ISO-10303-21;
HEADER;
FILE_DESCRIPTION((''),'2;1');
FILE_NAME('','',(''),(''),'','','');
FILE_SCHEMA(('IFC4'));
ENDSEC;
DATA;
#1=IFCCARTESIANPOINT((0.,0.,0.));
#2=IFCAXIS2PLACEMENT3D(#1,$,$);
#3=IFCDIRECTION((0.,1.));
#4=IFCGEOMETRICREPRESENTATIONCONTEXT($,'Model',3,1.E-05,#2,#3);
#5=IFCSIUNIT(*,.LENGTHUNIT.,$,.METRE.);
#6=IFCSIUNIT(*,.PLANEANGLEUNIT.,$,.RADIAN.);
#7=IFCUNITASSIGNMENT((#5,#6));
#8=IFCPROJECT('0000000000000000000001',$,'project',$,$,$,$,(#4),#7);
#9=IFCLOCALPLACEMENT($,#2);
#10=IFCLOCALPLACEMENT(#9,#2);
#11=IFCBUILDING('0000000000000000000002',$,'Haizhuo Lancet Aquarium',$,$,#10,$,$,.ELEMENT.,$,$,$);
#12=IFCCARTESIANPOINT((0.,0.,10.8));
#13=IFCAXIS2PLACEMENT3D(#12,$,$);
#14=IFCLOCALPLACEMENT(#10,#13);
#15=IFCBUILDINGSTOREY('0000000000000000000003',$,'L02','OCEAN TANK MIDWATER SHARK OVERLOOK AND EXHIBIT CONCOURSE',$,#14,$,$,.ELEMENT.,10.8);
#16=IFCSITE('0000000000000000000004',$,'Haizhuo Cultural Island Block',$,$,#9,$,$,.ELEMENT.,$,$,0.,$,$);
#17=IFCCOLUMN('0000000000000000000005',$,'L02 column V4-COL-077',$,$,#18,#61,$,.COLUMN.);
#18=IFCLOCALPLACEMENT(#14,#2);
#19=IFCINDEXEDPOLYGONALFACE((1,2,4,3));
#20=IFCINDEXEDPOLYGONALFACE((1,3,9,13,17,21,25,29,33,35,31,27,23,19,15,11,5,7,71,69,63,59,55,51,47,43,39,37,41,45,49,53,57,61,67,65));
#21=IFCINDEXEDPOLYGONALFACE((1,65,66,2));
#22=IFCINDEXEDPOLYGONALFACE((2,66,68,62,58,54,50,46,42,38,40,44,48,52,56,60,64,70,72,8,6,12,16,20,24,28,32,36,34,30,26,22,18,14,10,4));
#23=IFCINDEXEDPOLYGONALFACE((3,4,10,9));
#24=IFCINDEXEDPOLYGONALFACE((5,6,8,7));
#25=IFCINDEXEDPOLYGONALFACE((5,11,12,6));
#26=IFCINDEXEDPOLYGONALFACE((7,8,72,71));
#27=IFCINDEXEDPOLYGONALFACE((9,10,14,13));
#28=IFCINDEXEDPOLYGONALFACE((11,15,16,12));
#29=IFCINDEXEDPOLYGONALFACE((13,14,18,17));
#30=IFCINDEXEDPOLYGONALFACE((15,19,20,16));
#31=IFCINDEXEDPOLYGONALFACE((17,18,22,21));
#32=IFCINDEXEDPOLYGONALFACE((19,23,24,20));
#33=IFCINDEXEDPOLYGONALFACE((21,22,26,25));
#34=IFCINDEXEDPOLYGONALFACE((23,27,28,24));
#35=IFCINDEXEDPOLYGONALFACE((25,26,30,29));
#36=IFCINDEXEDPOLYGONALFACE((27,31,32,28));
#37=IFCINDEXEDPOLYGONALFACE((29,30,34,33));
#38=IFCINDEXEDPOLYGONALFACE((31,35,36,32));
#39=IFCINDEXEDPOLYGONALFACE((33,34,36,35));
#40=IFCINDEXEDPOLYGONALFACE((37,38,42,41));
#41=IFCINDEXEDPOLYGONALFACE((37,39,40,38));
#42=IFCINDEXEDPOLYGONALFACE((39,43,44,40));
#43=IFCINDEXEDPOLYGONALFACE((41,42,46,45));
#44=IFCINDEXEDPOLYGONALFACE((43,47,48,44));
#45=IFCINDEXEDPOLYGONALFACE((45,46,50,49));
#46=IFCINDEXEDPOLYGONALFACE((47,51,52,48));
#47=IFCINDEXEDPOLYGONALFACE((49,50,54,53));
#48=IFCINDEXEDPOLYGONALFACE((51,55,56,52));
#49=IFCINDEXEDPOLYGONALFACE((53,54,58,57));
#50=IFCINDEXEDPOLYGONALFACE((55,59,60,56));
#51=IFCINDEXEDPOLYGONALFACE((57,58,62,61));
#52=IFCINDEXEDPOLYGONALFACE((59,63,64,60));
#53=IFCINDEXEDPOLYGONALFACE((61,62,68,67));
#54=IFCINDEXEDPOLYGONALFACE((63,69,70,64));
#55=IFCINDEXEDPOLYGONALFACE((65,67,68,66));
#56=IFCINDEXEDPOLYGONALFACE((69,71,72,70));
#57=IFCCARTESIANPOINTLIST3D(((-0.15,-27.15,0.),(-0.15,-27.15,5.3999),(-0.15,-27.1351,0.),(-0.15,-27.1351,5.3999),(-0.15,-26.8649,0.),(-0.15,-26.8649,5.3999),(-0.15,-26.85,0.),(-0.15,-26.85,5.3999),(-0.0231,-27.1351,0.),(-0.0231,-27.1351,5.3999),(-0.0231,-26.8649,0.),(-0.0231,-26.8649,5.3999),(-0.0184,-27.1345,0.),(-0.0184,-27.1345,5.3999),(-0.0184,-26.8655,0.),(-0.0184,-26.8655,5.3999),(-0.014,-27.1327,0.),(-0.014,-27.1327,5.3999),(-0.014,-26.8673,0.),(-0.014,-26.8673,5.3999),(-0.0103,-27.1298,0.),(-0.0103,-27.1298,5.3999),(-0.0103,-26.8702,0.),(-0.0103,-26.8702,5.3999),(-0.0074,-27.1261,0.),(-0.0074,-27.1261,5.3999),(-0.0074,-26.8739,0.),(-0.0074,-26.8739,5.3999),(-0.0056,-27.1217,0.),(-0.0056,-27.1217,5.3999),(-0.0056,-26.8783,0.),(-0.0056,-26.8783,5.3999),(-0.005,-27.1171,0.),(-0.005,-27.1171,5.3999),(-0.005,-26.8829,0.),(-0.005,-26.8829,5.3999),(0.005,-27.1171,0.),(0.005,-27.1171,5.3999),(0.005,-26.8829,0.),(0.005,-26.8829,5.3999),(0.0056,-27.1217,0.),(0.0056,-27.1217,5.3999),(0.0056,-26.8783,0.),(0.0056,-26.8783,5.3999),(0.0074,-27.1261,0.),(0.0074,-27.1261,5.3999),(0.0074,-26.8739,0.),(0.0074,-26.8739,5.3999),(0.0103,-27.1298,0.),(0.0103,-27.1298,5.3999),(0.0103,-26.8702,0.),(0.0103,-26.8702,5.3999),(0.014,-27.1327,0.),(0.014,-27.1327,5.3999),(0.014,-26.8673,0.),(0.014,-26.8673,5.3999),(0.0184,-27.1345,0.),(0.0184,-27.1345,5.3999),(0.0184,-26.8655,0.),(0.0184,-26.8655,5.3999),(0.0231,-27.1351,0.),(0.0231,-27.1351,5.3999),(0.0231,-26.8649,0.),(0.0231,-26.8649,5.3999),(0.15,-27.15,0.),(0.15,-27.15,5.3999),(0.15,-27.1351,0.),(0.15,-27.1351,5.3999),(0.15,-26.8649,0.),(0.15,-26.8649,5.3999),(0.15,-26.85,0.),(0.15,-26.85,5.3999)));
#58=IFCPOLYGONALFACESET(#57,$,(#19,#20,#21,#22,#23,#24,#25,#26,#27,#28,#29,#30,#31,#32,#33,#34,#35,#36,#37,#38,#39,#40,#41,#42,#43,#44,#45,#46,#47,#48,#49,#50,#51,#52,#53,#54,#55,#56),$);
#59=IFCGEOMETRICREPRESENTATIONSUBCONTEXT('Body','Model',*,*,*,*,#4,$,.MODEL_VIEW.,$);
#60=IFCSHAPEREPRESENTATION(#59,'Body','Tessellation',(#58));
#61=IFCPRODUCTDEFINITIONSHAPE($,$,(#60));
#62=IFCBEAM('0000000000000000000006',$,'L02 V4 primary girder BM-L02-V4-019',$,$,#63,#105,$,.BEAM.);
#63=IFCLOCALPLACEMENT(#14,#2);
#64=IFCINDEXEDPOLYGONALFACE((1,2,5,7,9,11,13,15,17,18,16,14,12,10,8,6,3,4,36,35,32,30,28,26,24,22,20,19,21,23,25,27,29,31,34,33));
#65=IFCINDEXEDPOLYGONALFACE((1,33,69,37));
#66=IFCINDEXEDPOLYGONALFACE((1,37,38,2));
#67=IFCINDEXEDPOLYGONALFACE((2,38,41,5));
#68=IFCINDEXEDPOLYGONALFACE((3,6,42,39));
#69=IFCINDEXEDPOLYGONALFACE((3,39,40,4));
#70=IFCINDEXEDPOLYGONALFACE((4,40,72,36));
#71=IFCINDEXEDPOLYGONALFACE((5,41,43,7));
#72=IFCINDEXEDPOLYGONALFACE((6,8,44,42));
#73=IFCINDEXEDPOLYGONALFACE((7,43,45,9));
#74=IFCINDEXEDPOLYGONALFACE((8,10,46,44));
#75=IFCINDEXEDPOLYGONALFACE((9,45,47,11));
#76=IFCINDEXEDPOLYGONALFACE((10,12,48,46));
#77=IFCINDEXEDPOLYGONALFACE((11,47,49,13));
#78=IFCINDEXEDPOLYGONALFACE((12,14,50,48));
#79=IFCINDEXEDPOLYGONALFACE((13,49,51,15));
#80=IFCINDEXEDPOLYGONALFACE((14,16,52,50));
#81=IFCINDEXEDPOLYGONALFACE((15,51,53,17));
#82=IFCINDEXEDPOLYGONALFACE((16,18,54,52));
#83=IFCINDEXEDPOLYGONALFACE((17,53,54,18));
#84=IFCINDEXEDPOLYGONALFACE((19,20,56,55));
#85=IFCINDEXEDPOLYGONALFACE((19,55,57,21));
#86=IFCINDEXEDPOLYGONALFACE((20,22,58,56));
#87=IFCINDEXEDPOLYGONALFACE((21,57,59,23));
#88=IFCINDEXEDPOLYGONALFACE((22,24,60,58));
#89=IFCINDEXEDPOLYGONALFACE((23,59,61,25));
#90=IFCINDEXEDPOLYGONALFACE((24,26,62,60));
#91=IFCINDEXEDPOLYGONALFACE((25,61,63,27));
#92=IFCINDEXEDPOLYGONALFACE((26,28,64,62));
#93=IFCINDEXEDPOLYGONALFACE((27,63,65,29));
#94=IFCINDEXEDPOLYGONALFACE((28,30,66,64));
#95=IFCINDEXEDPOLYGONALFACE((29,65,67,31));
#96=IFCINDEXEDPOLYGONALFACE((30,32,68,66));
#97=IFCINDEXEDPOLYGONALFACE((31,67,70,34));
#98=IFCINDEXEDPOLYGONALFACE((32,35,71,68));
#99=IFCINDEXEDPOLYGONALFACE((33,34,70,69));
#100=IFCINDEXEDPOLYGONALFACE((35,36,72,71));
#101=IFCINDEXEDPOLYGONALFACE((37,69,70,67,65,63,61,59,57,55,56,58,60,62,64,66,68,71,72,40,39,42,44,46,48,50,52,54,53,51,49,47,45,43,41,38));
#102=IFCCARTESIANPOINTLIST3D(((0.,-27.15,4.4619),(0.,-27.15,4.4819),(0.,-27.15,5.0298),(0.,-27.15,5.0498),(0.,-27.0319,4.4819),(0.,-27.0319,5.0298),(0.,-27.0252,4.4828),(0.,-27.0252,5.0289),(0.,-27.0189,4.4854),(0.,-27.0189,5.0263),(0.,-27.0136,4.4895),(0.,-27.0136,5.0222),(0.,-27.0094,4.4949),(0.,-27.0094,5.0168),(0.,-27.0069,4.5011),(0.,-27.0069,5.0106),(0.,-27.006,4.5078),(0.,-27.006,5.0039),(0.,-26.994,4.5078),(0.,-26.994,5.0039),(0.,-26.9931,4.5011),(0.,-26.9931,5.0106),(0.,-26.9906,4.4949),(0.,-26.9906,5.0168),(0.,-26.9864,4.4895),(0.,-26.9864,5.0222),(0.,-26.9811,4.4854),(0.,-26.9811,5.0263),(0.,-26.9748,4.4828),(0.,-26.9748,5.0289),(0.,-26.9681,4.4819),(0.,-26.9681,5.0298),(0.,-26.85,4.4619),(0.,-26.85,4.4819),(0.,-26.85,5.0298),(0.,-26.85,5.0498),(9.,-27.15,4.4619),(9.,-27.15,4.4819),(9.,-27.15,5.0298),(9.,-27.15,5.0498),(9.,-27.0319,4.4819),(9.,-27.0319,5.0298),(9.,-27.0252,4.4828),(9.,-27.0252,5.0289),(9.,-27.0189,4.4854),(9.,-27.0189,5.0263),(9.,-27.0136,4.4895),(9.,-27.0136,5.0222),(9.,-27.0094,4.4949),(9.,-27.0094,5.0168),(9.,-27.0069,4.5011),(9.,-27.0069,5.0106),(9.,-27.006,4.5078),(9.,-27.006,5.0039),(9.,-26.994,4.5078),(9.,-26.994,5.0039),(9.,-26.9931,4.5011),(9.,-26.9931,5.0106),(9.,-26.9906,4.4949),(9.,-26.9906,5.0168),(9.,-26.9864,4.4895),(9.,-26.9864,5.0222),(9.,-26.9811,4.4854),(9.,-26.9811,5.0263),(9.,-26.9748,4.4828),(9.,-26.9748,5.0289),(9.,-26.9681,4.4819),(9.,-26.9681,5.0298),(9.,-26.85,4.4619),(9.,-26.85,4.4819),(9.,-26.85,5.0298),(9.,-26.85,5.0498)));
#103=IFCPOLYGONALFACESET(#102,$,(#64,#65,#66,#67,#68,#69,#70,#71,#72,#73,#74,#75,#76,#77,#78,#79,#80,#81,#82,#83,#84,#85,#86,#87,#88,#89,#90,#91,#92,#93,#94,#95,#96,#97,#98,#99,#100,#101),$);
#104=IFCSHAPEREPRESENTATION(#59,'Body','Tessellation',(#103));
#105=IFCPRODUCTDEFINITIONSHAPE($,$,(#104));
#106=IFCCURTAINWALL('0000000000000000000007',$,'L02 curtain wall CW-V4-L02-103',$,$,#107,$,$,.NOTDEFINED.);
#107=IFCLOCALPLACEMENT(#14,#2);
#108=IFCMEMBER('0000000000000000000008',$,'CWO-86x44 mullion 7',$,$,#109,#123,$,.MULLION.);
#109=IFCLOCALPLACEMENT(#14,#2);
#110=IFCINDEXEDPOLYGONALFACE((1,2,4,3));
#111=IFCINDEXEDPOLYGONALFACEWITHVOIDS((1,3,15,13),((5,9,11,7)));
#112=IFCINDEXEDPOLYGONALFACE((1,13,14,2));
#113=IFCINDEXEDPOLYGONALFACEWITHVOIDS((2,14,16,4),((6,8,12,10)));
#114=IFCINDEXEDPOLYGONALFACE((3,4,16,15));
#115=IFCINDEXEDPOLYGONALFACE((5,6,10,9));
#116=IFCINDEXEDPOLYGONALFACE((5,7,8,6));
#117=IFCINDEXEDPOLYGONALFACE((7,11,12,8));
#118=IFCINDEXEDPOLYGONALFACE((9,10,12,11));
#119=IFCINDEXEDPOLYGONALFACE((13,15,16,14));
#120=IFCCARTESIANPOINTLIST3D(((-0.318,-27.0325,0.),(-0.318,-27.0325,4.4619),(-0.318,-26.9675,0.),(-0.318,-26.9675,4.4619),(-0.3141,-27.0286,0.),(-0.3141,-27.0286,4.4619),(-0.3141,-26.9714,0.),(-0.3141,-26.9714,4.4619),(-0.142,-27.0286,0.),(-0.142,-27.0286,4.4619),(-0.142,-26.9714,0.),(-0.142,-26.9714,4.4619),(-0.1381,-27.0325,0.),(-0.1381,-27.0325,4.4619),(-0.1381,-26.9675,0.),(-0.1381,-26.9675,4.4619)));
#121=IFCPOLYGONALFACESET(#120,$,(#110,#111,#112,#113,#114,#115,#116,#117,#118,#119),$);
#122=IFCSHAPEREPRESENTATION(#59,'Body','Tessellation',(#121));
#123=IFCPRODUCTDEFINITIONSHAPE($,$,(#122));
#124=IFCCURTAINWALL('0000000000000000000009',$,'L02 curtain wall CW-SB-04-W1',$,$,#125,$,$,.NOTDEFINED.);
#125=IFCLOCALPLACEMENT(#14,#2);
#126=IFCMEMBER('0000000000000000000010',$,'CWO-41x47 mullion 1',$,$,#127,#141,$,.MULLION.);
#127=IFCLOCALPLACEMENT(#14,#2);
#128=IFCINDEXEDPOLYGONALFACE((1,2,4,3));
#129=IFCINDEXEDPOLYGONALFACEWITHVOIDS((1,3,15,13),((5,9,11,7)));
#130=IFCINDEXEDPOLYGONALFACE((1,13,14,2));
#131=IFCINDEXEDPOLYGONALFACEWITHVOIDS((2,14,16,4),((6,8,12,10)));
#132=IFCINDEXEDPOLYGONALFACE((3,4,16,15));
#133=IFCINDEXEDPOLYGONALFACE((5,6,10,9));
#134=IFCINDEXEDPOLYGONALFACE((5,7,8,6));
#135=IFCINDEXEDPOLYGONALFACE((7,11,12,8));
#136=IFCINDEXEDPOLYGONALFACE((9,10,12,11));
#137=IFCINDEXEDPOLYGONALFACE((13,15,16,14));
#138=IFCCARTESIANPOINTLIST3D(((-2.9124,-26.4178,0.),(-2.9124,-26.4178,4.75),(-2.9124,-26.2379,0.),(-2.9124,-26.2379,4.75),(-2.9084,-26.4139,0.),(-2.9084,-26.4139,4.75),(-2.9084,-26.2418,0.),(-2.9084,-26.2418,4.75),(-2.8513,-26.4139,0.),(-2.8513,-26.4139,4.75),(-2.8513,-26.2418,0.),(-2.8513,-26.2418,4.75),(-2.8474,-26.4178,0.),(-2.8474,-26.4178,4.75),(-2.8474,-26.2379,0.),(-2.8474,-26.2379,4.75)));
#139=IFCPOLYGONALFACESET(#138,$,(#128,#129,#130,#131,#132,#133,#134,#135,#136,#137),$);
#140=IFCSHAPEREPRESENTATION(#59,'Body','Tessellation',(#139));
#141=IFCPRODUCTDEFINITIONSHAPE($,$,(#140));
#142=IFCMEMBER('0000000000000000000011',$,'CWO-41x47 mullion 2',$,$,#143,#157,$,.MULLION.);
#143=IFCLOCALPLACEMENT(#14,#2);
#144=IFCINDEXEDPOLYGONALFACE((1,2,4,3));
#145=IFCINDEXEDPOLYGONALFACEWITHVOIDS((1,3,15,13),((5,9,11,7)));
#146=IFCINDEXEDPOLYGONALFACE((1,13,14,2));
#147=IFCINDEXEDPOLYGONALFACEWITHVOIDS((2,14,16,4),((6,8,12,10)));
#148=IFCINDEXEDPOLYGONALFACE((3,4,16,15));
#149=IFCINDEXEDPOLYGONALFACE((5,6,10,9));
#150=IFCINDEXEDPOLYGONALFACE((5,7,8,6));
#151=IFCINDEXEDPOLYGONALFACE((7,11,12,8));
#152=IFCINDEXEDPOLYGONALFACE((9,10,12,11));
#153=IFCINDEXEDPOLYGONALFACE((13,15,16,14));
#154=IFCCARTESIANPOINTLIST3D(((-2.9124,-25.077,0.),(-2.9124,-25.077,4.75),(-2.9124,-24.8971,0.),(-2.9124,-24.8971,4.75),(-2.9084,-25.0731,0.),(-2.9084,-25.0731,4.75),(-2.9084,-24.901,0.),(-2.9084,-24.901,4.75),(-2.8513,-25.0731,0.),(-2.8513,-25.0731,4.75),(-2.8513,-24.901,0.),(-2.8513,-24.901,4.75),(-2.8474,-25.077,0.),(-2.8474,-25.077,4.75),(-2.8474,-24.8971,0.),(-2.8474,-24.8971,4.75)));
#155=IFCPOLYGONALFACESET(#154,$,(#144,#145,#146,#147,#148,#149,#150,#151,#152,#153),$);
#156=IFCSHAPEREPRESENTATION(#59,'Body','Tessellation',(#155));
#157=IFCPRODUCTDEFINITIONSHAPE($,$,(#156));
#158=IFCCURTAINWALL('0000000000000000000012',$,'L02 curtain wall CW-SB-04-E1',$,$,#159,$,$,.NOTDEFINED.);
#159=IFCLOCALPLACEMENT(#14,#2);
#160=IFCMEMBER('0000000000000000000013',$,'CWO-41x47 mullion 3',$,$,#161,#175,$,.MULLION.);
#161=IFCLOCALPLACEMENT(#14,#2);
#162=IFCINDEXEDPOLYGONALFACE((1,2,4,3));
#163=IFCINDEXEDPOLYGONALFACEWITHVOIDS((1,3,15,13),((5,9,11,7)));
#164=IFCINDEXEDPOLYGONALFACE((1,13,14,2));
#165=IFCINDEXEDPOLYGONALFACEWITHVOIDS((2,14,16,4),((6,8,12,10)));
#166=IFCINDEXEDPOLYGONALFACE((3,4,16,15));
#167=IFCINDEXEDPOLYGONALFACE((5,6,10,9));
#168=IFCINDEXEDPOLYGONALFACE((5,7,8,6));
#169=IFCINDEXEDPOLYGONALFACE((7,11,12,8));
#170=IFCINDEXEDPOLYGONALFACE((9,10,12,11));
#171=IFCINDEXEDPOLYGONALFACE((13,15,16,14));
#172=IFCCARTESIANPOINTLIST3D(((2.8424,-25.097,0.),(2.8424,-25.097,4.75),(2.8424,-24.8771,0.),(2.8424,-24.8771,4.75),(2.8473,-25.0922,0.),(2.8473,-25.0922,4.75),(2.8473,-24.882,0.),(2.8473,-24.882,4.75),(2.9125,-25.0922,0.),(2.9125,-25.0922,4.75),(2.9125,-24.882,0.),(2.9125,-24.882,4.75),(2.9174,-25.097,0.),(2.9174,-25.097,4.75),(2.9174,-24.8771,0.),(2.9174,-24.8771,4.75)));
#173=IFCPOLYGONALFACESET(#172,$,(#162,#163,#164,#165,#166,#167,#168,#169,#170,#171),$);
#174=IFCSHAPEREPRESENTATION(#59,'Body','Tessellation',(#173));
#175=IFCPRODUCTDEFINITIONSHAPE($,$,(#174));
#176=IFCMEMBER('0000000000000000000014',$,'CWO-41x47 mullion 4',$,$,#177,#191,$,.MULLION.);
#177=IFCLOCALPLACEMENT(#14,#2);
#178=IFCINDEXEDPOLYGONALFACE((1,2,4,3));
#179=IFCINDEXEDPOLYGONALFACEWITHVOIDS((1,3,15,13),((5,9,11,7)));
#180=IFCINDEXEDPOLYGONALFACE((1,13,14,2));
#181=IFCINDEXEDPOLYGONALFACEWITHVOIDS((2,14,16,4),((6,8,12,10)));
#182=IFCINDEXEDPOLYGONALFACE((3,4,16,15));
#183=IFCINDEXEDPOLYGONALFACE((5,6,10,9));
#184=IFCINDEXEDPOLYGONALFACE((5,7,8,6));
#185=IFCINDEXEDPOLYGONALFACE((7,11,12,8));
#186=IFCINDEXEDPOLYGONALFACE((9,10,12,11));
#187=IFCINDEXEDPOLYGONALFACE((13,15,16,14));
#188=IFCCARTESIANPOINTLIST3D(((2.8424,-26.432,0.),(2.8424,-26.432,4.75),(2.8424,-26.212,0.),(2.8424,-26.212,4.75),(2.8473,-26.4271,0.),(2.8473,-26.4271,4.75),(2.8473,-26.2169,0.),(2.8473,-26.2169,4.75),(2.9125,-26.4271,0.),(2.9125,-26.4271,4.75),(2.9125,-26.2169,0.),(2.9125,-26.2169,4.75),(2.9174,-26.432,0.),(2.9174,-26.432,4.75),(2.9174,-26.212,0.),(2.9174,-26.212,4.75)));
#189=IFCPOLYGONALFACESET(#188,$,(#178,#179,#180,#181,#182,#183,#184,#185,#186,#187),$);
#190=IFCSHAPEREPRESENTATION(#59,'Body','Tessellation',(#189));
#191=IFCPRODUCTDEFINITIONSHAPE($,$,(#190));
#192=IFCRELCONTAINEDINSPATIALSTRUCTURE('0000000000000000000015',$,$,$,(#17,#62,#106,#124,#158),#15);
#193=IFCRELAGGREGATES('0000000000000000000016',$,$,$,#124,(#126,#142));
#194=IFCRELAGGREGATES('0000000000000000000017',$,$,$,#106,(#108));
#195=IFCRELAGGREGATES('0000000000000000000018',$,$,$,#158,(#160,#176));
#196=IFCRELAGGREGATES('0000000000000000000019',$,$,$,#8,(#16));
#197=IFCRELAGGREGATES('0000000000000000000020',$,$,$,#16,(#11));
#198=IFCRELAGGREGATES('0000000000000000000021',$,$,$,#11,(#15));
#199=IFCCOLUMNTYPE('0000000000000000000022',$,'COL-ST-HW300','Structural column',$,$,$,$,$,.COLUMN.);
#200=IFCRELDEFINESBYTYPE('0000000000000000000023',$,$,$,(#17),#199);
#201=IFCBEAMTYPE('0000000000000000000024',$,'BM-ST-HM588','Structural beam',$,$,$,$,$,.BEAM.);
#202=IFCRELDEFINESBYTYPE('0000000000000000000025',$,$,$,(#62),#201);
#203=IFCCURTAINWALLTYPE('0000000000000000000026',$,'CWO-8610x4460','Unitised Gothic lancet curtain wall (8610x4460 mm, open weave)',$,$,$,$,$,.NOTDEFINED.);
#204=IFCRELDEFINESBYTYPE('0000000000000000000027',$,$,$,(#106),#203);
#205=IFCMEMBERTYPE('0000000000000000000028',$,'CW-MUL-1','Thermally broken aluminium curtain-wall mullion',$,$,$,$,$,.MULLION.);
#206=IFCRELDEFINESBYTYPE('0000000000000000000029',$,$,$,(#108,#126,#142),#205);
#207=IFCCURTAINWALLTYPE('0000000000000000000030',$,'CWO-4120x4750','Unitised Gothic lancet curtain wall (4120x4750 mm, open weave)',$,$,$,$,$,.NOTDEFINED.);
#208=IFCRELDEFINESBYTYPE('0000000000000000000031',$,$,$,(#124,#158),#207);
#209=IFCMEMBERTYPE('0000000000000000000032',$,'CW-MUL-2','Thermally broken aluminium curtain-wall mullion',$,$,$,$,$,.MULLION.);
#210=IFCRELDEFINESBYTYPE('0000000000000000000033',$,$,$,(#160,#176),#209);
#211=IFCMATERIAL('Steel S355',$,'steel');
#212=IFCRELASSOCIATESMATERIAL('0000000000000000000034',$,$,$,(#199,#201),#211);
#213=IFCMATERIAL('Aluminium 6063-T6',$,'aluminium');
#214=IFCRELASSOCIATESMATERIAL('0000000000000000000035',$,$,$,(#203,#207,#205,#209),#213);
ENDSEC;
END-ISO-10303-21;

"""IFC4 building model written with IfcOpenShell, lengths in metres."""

from ifc_helpers import new_model, si_unit, direction, frame, origin, origin_2d, place, context, subcontext, project, spatial, hollow_rectangle, i_section, extrude, material, material_profile, profile_set, type_object, element, aggregate, save


model = new_model("IFC4")

# Units and contexts
model_context = context("Model", 3, precision=1e-05, world=origin(), true_north=direction((0.0, 1.0)))
body_context = subcontext(model_context, "Body", "Model", "MODEL_VIEW")
ifc_project = project(units=[si_unit("LENGTHUNIT", "METRE"), si_unit("PLANEANGLEUNIT", "RADIAN")], contexts=[model_context])

# Site, building, storey
site_placement = place(None, origin())
site = spatial("IfcSite", under=ifc_project, at=site_placement, Name="Haizhuo Cultural Island Block", CompositionType="ELEMENT", RefElevation=0.0)
building_placement = place(site_placement, origin())
building = spatial("IfcBuilding", under=site, at=building_placement, Name="Haizhuo Lancet Aquarium", CompositionType="ELEMENT")
storey_placement = place(building_placement, frame((0.0, 0.0, 10.8)))
storey = spatial("IfcBuildingStorey", under=building, at=storey_placement, Name="L02", Description="OCEAN TANK MIDWATER SHARK OVERLOOK AND EXHIBIT CONCOURSE", CompositionType="ELEMENT", Elevation=10.8)

# Column
ifc_material_1 = material(Name="Steel S355", Category="steel")
ifc_material_profile_1 = material_profile(ifc_material_1, i_section(OverallWidth=0.3, OverallDepth=0.3, WebThickness=0.01, FlangeThickness=0.0149, FilletRadius=0.0181, at=origin_2d()), Name="HW 300x300x10x15")
ifc_profile_set_1 = profile_set([ifc_material_profile_1], Name="Steel S355")
column_type = type_object("IfcColumnType", Name="COL-ST-HW300", Description="Structural column", PredefinedType="COLUMN", material=ifc_profile_set_1)
column_placement = place(storey_placement, frame((0.0, -27.0, 0.0), z_axis=(0.0, 0.0, 1.0), x_axis=(1.0, 0.0, 0.0)))
element("IfcColumn", 1, at=column_placement, inside=storey, type_object=column_type, Name="L02 column V4-COL-077", PredefinedType="COLUMN", context=body_context, shape_type="SweptSolid", body=[
    extrude(i_section(OverallWidth=0.3, OverallDepth=0.3, WebThickness=0.01, FlangeThickness=0.0149, FilletRadius=0.0181, at=origin_2d()), origin(), (0.0, 0.0, 1.0), 5.3999),
])

# Beam
ifc_material_profile_2 = material_profile(ifc_material_1, i_section(OverallWidth=0.3, OverallDepth=0.5879, WebThickness=0.012, FlangeThickness=0.02, FilletRadius=0.0259, at=origin_2d()), Name="HM 588x300x12x20")
ifc_profile_set_2 = profile_set([ifc_material_profile_2], Name="Steel S355")
beam_type_1 = type_object("IfcBeamType", Name="BM-ST-HM588", Description="Structural beam", PredefinedType="BEAM", material=ifc_profile_set_2)
beam_1_placement = place(storey_placement, frame((0.0, -27.0, 4.7559), z_axis=(1.0, 0.0, 0.0), x_axis=(0.0, 1.0, 0.0)))
element("IfcBeam", 2, at=beam_1_placement, inside=storey, type_object=beam_type_1, Name="L02 V4 primary girder BM-L02-V4-019", PredefinedType="BEAM", context=body_context, shape_type="SweptSolid", body=[
    extrude(i_section(OverallWidth=0.3, OverallDepth=0.5879, WebThickness=0.012, FlangeThickness=0.02, FilletRadius=0.0259, at=origin_2d()), origin(), (0.0, 0.0, 1.0), 9.0),
])

# Curtain wall, member
ifc_material_2 = material(Name="Aluminium 6063-T6", Category="aluminium")
curtain_wall_type_1 = type_object("IfcCurtainWallType", Name="CWO-8610x4460", Description="Unitised Gothic lancet curtain wall (8610x4460 mm, open weave)", PredefinedType="NOTDEFINED", material=ifc_material_2)
curtain_wall_1_placement = place(storey_placement, origin())
curtain_wall_1 = element("IfcCurtainWall", 3, at=curtain_wall_1_placement, inside=storey, type_object=curtain_wall_type_1, Name="L02 curtain wall CW-V4-L02-103", PredefinedType="NOTDEFINED")
ifc_material_profile_3 = material_profile(ifc_material_2, hollow_rectangle(XDim=0.0649, YDim=0.1799, WallThickness=0.0039, at=origin_2d()), Name="ALU-M 65x180x4")
ifc_profile_set_3 = profile_set([ifc_material_profile_3], Name="Aluminium 6063-T6")
member_type_1 = type_object("IfcMemberType", Name="CW-MUL-1", Description="Thermally broken aluminium curtain-wall mullion", PredefinedType="MULLION", material=ifc_profile_set_3)
member_1_placement = place(storey_placement, frame((-0.228, -27.0, 0.0), z_axis=(0.0, 0.0, 1.0), x_axis=(0.0, 1.0, 0.0)))
member_1 = element("IfcMember", 4, at=member_1_placement, type_object=member_type_1, Name="CWO-86x44 mullion 7", PredefinedType="MULLION", context=body_context, shape_type="SweptSolid", body=[
    extrude(hollow_rectangle(XDim=0.0649, YDim=0.1799, WallThickness=0.0039, at=origin_2d()), origin(), (0.0, 0.0, 1.0), 4.4619),
])

# Curtain walls, members
curtain_wall_type_2 = type_object("IfcCurtainWallType", Name="CWO-4120x4750", Description="Unitised Gothic lancet curtain wall (4120x4750 mm, open weave)", PredefinedType="NOTDEFINED", material=ifc_material_2)
curtain_wall_2_placement = place(storey_placement, origin())
curtain_wall_2 = element("IfcCurtainWall", 5, at=curtain_wall_2_placement, inside=storey, type_object=curtain_wall_type_2, Name="L02 curtain wall CW-SB-04-W1", PredefinedType="NOTDEFINED")
member_2_placement = place(storey_placement, frame((-2.8799, -26.3279, 0.0), z_axis=(0.0, 0.0, 1.0), x_axis=(-1.0, 0.0, 0.0)))
member_2 = element("IfcMember", 6, at=member_2_placement, type_object=member_type_1, Name="CWO-41x47 mullion 1", PredefinedType="MULLION", context=body_context, shape_type="SweptSolid", body=[
    extrude(hollow_rectangle(XDim=0.0649, YDim=0.1799, WallThickness=0.0039, at=origin_2d()), origin(), (0.0, 0.0, 1.0), 4.75),
])
member_3_placement = place(storey_placement, frame((-2.8799, -24.9871, 0.0), z_axis=(0.0, 0.0, 1.0), x_axis=(-1.0, 0.0, 0.0)))
member_3 = element("IfcMember", 7, at=member_3_placement, type_object=member_type_1, Name="CWO-41x47 mullion 2", PredefinedType="MULLION", context=body_context, shape_type="SweptSolid", body=[
    extrude(hollow_rectangle(XDim=0.0649, YDim=0.1799, WallThickness=0.0039, at=origin_2d()), origin(), (0.0, 0.0, 1.0), 4.75),
])
curtain_wall_3_placement = place(storey_placement, origin())
curtain_wall_3 = element("IfcCurtainWall", 8, at=curtain_wall_3_placement, inside=storey, type_object=curtain_wall_type_2, Name="L02 curtain wall CW-SB-04-E1", PredefinedType="NOTDEFINED")
ifc_material_profile_4 = material_profile(ifc_material_2, hollow_rectangle(XDim=0.075, YDim=0.22, WallThickness=0.0049, at=origin_2d()), Name="ALU-M 75x220x5")
ifc_profile_set_4 = profile_set([ifc_material_profile_4], Name="Aluminium 6063-T6")
member_type_2 = type_object("IfcMemberType", Name="CW-MUL-2", Description="Thermally broken aluminium curtain-wall mullion", PredefinedType="MULLION", material=ifc_profile_set_4)
member_4_placement = place(storey_placement, frame((2.8799, -24.9871, 0.0), z_axis=(0.0, 0.0, 1.0), x_axis=(1.0, 0.0, 0.0)))
member_4 = element("IfcMember", 9, at=member_4_placement, type_object=member_type_2, Name="CWO-41x47 mullion 3", PredefinedType="MULLION", context=body_context, shape_type="SweptSolid", body=[
    extrude(hollow_rectangle(XDim=0.075, YDim=0.22, WallThickness=0.0049, at=origin_2d()), origin(), (0.0, 0.0, 1.0), 4.75),
])
member_5_placement = place(storey_placement, frame((2.8799, -26.322, 0.0), z_axis=(0.0, 0.0, 1.0), x_axis=(1.0, 0.0, 0.0)))
member_5 = element("IfcMember", 10, at=member_5_placement, type_object=member_type_2, Name="CWO-41x47 mullion 4", PredefinedType="MULLION", context=body_context, shape_type="SweptSolid", body=[
    extrude(hollow_rectangle(XDim=0.075, YDim=0.22, WallThickness=0.0049, at=origin_2d()), origin(), (0.0, 0.0, 1.0), 4.75),
])

aggregate(curtain_wall_2, [member_2, member_3])
aggregate(curtain_wall_1, [member_1])
aggregate(curtain_wall_3, [member_4, member_5])

save(model, "model.ifc")
